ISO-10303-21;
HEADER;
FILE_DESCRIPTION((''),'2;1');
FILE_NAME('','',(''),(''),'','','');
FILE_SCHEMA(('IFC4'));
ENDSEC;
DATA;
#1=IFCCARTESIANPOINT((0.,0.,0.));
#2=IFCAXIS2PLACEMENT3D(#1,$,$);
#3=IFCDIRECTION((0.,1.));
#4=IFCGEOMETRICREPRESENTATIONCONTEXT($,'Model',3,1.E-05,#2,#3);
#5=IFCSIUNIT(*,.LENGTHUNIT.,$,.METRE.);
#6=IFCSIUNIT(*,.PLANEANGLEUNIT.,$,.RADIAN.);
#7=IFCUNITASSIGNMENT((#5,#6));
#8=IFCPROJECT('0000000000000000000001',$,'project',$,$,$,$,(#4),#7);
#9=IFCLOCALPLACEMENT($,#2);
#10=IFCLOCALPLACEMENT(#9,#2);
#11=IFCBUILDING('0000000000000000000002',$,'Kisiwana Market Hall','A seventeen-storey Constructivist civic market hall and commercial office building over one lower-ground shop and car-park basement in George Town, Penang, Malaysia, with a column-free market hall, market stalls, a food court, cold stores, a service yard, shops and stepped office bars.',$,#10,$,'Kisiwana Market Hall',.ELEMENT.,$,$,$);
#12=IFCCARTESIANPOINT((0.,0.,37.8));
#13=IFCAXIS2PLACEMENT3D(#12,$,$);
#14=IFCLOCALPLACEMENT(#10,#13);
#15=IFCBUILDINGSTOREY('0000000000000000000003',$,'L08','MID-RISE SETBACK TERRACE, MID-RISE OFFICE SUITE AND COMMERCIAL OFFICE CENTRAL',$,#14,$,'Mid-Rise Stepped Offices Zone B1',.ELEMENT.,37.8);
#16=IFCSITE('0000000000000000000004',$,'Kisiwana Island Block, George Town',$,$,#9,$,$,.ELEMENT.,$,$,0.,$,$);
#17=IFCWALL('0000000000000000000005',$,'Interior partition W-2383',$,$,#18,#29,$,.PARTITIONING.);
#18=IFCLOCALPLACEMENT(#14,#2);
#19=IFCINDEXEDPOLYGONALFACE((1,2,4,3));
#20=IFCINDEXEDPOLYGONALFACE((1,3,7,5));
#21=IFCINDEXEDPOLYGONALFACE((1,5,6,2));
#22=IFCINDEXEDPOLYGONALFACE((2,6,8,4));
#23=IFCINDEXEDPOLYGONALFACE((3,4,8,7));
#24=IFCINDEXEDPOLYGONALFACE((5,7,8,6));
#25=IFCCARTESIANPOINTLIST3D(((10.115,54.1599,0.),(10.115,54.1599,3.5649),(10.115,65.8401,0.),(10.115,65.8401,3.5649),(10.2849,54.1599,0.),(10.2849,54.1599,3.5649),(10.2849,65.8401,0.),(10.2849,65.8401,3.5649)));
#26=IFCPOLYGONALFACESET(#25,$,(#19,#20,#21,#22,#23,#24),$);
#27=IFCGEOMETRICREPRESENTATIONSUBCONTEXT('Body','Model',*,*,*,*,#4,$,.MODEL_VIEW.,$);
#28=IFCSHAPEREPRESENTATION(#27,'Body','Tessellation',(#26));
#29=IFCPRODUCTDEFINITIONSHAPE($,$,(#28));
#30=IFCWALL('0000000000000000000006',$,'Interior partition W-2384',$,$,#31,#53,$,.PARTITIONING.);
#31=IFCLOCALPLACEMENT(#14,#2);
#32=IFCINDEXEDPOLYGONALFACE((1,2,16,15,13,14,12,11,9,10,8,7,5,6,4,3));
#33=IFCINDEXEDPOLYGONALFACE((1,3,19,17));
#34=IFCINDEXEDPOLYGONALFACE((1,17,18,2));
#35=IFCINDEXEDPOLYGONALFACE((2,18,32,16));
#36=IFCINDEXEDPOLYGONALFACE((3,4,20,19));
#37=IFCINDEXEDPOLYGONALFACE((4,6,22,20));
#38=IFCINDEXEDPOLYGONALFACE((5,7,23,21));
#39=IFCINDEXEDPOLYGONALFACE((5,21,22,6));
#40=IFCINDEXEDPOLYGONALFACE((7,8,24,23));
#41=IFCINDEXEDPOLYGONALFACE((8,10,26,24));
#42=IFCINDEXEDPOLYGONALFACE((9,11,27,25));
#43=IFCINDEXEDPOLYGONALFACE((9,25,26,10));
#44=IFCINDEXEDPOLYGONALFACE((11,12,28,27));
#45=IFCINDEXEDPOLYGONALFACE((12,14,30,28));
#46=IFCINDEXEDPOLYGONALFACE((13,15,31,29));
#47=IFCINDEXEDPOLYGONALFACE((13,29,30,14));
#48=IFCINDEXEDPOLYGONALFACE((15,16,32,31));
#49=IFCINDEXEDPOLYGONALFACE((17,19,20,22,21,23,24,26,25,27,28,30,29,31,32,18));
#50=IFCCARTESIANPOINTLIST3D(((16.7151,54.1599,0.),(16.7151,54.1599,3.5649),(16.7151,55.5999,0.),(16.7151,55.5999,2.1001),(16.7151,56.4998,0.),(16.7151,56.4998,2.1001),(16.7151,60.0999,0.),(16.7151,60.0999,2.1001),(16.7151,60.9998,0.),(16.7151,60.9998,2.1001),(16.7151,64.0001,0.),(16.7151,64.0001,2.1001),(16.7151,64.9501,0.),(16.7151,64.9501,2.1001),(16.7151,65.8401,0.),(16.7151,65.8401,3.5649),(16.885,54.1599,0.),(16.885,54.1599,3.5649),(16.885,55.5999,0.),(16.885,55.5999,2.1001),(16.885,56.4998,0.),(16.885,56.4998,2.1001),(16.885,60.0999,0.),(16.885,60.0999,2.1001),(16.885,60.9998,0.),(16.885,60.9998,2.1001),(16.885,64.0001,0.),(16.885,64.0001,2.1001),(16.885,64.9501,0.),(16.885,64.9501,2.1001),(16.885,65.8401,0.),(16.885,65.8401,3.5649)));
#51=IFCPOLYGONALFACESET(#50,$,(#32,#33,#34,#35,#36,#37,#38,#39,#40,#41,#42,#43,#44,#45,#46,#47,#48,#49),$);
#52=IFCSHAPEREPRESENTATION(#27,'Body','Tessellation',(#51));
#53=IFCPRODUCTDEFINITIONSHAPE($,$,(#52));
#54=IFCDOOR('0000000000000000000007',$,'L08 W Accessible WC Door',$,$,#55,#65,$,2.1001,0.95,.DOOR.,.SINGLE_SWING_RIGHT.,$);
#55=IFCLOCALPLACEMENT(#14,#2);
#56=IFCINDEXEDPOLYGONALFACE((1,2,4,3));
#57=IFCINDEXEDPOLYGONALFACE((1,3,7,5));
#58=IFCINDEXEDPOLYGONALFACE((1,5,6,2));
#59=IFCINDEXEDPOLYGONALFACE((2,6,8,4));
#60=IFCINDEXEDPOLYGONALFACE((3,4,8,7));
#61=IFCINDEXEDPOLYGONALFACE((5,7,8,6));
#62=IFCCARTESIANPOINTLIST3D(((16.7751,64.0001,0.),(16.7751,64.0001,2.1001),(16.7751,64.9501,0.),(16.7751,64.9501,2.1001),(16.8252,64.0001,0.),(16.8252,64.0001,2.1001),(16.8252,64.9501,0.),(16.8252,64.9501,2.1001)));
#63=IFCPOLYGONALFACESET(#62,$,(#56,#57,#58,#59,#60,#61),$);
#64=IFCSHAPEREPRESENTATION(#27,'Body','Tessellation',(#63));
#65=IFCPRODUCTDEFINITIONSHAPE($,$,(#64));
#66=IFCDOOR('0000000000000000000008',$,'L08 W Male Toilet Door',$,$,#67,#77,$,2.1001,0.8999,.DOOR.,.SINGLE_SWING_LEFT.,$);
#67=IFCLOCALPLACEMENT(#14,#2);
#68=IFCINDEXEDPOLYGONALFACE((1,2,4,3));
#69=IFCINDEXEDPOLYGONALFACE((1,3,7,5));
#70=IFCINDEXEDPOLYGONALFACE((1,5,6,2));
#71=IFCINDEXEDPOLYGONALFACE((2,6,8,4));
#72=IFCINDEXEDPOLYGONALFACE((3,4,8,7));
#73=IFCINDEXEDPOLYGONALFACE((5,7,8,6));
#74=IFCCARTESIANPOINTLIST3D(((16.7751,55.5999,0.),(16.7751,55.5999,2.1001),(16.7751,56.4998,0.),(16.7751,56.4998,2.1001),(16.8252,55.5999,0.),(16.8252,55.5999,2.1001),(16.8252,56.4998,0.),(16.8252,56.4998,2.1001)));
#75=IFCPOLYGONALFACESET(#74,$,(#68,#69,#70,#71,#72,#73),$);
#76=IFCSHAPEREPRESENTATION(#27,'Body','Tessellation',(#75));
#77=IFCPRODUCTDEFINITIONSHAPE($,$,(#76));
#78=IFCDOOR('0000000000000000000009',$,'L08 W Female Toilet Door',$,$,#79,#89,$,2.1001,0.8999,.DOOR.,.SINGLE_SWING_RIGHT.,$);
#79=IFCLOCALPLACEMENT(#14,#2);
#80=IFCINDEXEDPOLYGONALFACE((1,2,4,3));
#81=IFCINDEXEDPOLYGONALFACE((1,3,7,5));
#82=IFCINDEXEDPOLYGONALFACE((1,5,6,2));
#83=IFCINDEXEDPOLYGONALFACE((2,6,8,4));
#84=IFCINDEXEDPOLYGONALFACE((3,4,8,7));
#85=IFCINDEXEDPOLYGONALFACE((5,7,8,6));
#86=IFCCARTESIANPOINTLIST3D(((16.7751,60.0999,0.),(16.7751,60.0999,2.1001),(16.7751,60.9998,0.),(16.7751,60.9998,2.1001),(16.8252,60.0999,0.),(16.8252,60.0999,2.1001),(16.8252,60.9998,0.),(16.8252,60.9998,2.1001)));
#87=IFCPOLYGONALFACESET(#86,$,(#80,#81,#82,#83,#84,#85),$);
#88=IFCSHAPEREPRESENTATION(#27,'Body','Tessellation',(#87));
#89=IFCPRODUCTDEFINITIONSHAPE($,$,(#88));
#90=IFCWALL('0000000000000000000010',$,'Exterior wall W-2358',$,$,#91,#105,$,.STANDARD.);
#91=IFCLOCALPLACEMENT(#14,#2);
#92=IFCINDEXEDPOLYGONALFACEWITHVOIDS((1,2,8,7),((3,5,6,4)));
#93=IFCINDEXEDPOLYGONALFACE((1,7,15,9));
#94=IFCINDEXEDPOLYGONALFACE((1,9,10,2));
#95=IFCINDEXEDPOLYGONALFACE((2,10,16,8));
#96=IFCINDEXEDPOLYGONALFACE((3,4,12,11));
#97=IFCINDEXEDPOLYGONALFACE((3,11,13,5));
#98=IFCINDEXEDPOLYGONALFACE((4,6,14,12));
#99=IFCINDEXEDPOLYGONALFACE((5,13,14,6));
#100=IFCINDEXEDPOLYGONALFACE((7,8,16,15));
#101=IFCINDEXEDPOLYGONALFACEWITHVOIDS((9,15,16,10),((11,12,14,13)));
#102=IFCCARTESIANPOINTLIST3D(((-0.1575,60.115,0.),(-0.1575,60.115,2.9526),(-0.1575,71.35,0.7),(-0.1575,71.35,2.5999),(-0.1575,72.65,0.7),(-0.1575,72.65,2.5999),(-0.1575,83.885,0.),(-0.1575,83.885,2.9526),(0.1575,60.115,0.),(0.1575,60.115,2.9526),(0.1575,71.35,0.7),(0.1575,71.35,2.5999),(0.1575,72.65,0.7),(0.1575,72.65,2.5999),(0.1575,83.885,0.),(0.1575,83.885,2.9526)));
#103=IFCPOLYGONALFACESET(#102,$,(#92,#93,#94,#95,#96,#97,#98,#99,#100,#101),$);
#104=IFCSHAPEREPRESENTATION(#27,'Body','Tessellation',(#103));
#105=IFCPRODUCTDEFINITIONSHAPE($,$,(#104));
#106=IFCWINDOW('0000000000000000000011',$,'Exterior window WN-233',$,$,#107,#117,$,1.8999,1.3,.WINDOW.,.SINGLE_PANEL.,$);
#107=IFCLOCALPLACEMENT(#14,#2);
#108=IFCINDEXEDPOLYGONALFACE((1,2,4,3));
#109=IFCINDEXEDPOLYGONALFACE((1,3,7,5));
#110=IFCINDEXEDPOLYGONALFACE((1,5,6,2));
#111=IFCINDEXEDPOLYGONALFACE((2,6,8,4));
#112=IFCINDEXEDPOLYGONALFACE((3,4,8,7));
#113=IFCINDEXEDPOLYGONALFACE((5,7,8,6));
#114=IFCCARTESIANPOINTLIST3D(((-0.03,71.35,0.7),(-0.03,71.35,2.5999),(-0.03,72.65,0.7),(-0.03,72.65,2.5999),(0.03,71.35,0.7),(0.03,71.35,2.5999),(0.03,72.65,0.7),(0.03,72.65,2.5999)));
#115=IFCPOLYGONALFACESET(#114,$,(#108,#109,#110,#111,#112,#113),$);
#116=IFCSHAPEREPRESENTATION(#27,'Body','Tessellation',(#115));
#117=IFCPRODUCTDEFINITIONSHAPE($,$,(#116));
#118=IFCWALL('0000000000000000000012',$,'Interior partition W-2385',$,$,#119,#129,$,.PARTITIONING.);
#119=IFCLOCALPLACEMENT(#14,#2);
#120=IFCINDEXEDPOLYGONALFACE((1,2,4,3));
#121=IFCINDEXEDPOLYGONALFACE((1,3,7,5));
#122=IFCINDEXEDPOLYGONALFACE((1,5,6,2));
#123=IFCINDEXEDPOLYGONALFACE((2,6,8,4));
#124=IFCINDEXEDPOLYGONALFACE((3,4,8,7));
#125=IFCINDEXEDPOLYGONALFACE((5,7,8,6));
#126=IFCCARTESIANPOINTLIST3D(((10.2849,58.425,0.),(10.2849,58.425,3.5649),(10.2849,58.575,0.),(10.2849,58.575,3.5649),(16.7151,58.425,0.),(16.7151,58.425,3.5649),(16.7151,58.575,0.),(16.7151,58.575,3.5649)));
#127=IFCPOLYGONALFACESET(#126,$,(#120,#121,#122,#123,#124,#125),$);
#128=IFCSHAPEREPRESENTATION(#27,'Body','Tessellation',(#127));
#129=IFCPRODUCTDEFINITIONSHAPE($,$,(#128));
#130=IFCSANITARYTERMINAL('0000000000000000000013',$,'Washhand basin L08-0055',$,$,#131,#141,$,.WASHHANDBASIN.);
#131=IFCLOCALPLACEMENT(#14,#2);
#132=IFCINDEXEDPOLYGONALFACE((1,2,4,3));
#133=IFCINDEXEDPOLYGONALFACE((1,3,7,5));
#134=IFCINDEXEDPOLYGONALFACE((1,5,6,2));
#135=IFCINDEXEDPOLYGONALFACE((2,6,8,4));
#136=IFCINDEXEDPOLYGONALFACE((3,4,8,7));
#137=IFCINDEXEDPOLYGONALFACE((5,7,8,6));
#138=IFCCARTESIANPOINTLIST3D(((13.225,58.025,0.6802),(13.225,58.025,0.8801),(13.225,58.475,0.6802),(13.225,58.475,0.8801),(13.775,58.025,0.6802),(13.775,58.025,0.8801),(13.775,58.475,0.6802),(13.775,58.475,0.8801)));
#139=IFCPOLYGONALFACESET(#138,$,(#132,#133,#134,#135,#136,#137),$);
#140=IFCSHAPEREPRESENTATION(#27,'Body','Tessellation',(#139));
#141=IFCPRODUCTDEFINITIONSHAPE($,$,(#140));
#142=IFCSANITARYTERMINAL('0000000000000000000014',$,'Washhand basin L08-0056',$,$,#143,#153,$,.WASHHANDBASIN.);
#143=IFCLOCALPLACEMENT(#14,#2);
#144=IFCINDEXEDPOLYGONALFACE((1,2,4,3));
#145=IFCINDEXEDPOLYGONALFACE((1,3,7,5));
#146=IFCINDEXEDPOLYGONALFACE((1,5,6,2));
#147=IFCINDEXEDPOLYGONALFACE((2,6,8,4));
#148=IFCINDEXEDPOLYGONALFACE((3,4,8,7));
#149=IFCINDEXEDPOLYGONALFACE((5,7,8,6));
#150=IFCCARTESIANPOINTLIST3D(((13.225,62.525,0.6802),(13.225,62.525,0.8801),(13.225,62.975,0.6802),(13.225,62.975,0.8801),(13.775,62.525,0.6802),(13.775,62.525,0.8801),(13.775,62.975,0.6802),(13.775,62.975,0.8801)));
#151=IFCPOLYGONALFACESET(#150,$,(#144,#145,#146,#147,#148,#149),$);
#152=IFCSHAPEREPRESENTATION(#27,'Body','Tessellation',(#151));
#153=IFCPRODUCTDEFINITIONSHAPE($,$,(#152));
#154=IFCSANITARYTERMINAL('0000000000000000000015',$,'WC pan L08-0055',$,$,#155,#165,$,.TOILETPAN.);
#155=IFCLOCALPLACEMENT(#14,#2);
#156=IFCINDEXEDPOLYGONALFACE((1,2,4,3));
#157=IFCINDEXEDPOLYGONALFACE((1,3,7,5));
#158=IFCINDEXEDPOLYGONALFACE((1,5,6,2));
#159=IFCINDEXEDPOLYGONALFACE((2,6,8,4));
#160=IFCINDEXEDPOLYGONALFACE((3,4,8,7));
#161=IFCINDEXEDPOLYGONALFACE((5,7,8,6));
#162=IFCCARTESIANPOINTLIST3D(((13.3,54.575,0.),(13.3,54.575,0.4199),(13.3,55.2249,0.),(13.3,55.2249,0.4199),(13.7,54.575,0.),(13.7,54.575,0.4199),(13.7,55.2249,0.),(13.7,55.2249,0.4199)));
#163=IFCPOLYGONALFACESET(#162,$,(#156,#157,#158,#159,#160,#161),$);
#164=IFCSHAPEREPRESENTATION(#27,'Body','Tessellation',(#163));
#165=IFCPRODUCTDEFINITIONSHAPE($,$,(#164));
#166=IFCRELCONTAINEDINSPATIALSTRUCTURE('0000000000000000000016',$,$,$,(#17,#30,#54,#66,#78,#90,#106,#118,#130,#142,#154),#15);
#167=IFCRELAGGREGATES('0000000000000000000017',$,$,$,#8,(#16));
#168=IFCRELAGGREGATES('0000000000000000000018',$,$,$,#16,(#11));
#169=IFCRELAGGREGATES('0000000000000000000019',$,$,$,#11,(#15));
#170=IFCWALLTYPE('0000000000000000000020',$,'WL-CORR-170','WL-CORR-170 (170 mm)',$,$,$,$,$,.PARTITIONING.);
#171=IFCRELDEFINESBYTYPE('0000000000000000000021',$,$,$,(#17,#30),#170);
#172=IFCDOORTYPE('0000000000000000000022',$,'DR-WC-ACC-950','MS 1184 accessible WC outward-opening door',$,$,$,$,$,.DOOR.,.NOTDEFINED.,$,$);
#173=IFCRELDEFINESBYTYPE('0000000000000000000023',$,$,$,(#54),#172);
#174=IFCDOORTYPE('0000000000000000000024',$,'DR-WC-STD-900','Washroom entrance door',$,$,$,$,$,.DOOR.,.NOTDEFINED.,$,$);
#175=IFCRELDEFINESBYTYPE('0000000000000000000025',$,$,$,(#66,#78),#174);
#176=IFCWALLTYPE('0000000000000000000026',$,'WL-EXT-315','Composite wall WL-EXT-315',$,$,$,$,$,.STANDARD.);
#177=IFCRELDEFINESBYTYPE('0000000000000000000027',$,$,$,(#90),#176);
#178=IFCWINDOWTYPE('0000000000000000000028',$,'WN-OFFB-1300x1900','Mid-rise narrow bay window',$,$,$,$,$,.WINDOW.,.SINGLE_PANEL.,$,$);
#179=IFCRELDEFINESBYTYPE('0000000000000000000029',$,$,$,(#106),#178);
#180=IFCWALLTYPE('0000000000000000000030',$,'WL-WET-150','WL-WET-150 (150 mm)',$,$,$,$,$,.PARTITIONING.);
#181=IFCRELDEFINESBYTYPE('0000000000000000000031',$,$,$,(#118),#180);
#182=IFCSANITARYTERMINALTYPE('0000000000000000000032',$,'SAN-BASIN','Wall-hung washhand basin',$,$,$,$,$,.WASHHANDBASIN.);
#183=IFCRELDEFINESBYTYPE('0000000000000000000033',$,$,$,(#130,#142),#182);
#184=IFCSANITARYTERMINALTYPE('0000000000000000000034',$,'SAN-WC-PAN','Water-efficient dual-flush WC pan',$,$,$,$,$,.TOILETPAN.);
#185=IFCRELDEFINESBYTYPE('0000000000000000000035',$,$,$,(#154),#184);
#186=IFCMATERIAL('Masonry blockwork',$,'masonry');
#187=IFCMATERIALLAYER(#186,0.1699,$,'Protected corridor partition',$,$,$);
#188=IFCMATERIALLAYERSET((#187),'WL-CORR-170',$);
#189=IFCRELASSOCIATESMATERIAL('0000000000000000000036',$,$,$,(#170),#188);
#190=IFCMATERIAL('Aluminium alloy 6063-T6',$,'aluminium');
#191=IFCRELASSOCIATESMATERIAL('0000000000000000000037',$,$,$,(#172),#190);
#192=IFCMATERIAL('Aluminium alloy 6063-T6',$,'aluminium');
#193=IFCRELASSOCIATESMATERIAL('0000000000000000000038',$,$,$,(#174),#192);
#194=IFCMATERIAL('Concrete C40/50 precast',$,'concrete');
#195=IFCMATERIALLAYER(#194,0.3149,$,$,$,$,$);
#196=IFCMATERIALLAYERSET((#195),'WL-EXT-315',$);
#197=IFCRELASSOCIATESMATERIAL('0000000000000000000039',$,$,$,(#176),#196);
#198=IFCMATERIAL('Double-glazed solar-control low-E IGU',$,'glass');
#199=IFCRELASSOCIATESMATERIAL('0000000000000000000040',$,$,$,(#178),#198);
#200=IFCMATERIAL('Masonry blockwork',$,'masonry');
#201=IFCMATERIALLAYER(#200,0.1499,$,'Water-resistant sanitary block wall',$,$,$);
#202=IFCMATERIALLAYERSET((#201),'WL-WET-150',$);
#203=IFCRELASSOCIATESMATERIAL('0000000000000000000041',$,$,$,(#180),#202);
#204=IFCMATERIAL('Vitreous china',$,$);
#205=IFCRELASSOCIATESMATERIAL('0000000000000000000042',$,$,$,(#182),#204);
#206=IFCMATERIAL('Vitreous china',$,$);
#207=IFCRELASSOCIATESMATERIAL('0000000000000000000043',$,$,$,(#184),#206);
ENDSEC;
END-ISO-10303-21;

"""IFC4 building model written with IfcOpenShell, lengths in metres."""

from ifc_helpers import new_model, si_unit, direction, frame, frame_2d, origin, origin_2d, place, context, subcontext, project, spatial, rectangle, extrude, material, layer, layer_set, type_object, element, fill, save


model = new_model("IFC4")

# Units and contexts
model_context = context("Model", 3, precision=1e-05, world=origin(), true_north=direction((0.0, 1.0)))
body_context = subcontext(model_context, "Body", "Model", "MODEL_VIEW")
ifc_project = project(units=[si_unit("LENGTHUNIT", "METRE"), si_unit("PLANEANGLEUNIT", "RADIAN")], contexts=[model_context])

# Site, building, storey
site_placement = place(None, origin())
site = spatial("IfcSite", under=ifc_project, at=site_placement, Name="Kisiwana Island Block, George Town", CompositionType="ELEMENT", RefElevation=0.0)
building_placement = place(site_placement, origin())
building = spatial("IfcBuilding", under=site, at=building_placement, Name="Kisiwana Market Hall", Description="A seventeen-storey Constructivist civic market hall and commercial office building over one lower-ground shop and car-park basement in George Town, Penang, Malaysia, with a column-free market hall, market stalls, a food court, cold stores, a service yard, shops and stepped office bars.", LongName="Kisiwana Market Hall", CompositionType="ELEMENT")
storey_placement = place(building_placement, frame((0.0, 0.0, 37.8)))
storey = spatial("IfcBuildingStorey", under=building, at=storey_placement, Name="L08", Description="MID-RISE SETBACK TERRACE, MID-RISE OFFICE SUITE AND COMMERCIAL OFFICE CENTRAL", LongName="Mid-Rise Stepped Offices Zone B1", CompositionType="ELEMENT", Elevation=37.8)

# Wall
ifc_material_1 = material(Name="Masonry blockwork", Category="masonry")
ifc_layer_1 = layer(ifc_material_1, 0.1699, Name="Protected corridor partition")
ifc_layer_set_1 = layer_set([ifc_layer_1], Name="WL-CORR-170")
wall_type_1 = type_object("IfcWallType", Name="WL-CORR-170", Description="WL-CORR-170 (170 mm)", PredefinedType="PARTITIONING", material=ifc_layer_set_1)
wall_1_placement = place(storey_placement, frame((10.2, 54.1599, 0.0), z_axis=(0.0, 0.0, 1.0), x_axis=(0.0, 1.0, 0.0)))
element("IfcWall", 1, at=wall_1_placement, inside=storey, type_object=wall_type_1, Name="Interior partition W-2383", PredefinedType="PARTITIONING", context=body_context, shape_type="SweptSolid", body=[
    extrude(rectangle(XDim=11.6802, YDim=0.1699, at=frame_2d((5.8401, 0.0))), origin(), (0.0, 0.0, 1.0), 3.5649),
])

# Wall, openings, doors
wall_2_placement = place(storey_placement, frame((16.8, 54.1599, 0.0), z_axis=(0.0, 0.0, 1.0), x_axis=(0.0, 1.0, 0.0)))
wall_2 = element("IfcWall", 2, at=wall_2_placement, inside=storey, type_object=wall_type_1, Name="Interior partition W-2384", PredefinedType="PARTITIONING", context=body_context, shape_type="SweptSolid", body=[
    extrude(rectangle(XDim=11.6802, YDim=0.1699, at=frame_2d((5.8401, 0.0))), origin(), (0.0, 0.0, 1.0), 3.5649),
])
opening_1_placement = place(wall_2_placement, frame((1.4399, 0.0, 0.0)))
opening_1 = element("IfcOpeningElement", 3, at=opening_1_placement, cuts=wall_2, PredefinedType="OPENING", context=body_context, shape_type="SweptSolid", body=[
    extrude(rectangle(XDim=0.8999, YDim=2.1001, at=frame_2d((0.45, 1.05))), frame((0.0, 0.0969, 0.0), z_axis=(0.0, -1.0, 0.0), x_axis=(1.0, 0.0, 0.0)), (0.0, 0.0, 1.0), 0.1938),
])
opening_2_placement = place(wall_2_placement, frame((5.9399, 0.0, 0.0)))
opening_2 = element("IfcOpeningElement", 4, at=opening_2_placement, cuts=wall_2, PredefinedType="OPENING", context=body_context, shape_type="SweptSolid", body=[
    extrude(rectangle(XDim=0.8999, YDim=2.1001, at=frame_2d((0.45, 1.05))), frame((0.0, 0.0969, 0.0), z_axis=(0.0, -1.0, 0.0), x_axis=(1.0, 0.0, 0.0)), (0.0, 0.0, 1.0), 0.1938),
])
opening_3_placement = place(wall_2_placement, frame((9.8401, 0.0, 0.0)))
opening_3 = element("IfcOpeningElement", 5, at=opening_3_placement, cuts=wall_2, PredefinedType="OPENING", context=body_context, shape_type="SweptSolid", body=[
    extrude(rectangle(XDim=0.95, YDim=2.1001, at=frame_2d((0.4751, 1.05))), frame((0.0, 0.0969, 0.0), z_axis=(0.0, -1.0, 0.0), x_axis=(1.0, 0.0, 0.0)), (0.0, 0.0, 1.0), 0.1938),
])
ifc_material_2 = material(Name="Aluminium alloy 6063-T6", Category="aluminium")
door_type_1 = type_object("IfcDoorType", Name="DR-WC-ACC-950", Description="MS 1184 accessible WC outward-opening door", OperationType="NOTDEFINED", PredefinedType="DOOR", material=ifc_material_2)
door_1_placement = place(opening_3_placement, origin())
door_1 = element("IfcDoor", 6, at=door_1_placement, inside=storey, type_object=door_type_1, Name="L08 W Accessible WC Door", OperationType="SINGLE_SWING_RIGHT", OverallHeight=2.1001, OverallWidth=0.95, PredefinedType="DOOR", context=body_context, shape_type="SweptSolid", body=[
    extrude(rectangle(XDim=0.95, YDim=2.1001, at=frame_2d((0.4751, 1.05))), frame((0.0, 0.0249, 0.0), z_axis=(0.0, -1.0, 0.0), x_axis=(1.0, 0.0, 0.0)), (0.0, 0.0, 1.0), 0.05),
])
fill(opening_3, door_1)
ifc_material_3 = material(Name="Aluminium alloy 6063-T6", Category="aluminium")
door_type_2 = type_object("IfcDoorType", Name="DR-WC-STD-900", Description="Washroom entrance door", OperationType="NOTDEFINED", PredefinedType="DOOR", material=ifc_material_3)
door_2_placement = place(opening_1_placement, origin())
door_2 = element("IfcDoor", 7, at=door_2_placement, inside=storey, type_object=door_type_2, Name="L08 W Male Toilet Door", OperationType="SINGLE_SWING_LEFT", OverallHeight=2.1001, OverallWidth=0.8999, PredefinedType="DOOR", context=body_context, shape_type="SweptSolid", body=[
    extrude(rectangle(XDim=0.8999, YDim=2.1001, at=frame_2d((0.45, 1.05))), frame((0.0, 0.0249, 0.0), z_axis=(0.0, -1.0, 0.0), x_axis=(1.0, 0.0, 0.0)), (0.0, 0.0, 1.0), 0.05),
])
fill(opening_1, door_2)
door_3_placement = place(opening_2_placement, origin())
door_3 = element("IfcDoor", 8, at=door_3_placement, inside=storey, type_object=door_type_2, Name="L08 W Female Toilet Door", OperationType="SINGLE_SWING_RIGHT", OverallHeight=2.1001, OverallWidth=0.8999, PredefinedType="DOOR", context=body_context, shape_type="SweptSolid", body=[
    extrude(rectangle(XDim=0.8999, YDim=2.1001, at=frame_2d((0.45, 1.05))), frame((0.0, 0.0249, 0.0), z_axis=(0.0, -1.0, 0.0), x_axis=(1.0, 0.0, 0.0)), (0.0, 0.0, 1.0), 0.05),
])
fill(opening_2, door_3)

# Wall, opening, window
ifc_material_4 = material(Name="Concrete C40/50 precast", Category="concrete")
ifc_layer_2 = layer(ifc_material_4, 0.3149)
ifc_layer_set_2 = layer_set([ifc_layer_2], Name="WL-EXT-315")
wall_type_2 = type_object("IfcWallType", Name="WL-EXT-315", Description="Composite wall WL-EXT-315", PredefinedType="STANDARD", material=ifc_layer_set_2)
wall_3_placement = place(storey_placement, frame((0.0, 60.115, 0.0), z_axis=(0.0, 0.0, 1.0), x_axis=(0.0, 1.0, 0.0)))
wall_3 = element("IfcWall", 9, at=wall_3_placement, inside=storey, type_object=wall_type_2, Name="Exterior wall W-2358", PredefinedType="STANDARD", context=body_context, shape_type="SweptSolid", body=[
    extrude(rectangle(XDim=23.77, YDim=0.3149, at=frame_2d((11.885, 0.0))), origin(), (0.0, 0.0, 1.0), 2.9526),
])
opening_4_placement = place(wall_3_placement, frame((11.2351, 0.0, 0.7)))
opening_4 = element("IfcOpeningElement", 10, at=opening_4_placement, cuts=wall_3, PredefinedType="OPENING", context=body_context, shape_type="SweptSolid", body=[
    extrude(rectangle(XDim=1.3, YDim=1.8999, at=frame_2d((0.6499, 0.95))), frame((0.0, 0.1694, 0.0), z_axis=(0.0, -1.0, 0.0), x_axis=(1.0, 0.0, 0.0)), (0.0, 0.0, 1.0), 0.3389),
])
ifc_material_5 = material(Name="Double-glazed solar-control low-E IGU", Category="glass")
window_type = type_object("IfcWindowType", Name="WN-OFFB-1300x1900", Description="Mid-rise narrow bay window", PartitioningType="SINGLE_PANEL", PredefinedType="WINDOW", material=ifc_material_5)
window_placement = place(opening_4_placement, origin())
window = element("IfcWindow", 11, at=window_placement, inside=storey, type_object=window_type, Name="Exterior window WN-233", OverallHeight=1.8999, OverallWidth=1.3, PartitioningType="SINGLE_PANEL", PredefinedType="WINDOW", context=body_context, shape_type="SweptSolid", body=[
    extrude(rectangle(XDim=1.3, YDim=1.8999, at=frame_2d((0.6499, 0.95))), frame((0.0, 0.03, 0.0), z_axis=(0.0, -1.0, 0.0), x_axis=(1.0, 0.0, 0.0)), (0.0, 0.0, 1.0), 0.0601),
])
fill(opening_4, window)

# Wall
ifc_material_6 = material(Name="Masonry blockwork", Category="masonry")
ifc_layer_3 = layer(ifc_material_6, 0.1499, Name="Water-resistant sanitary block wall")
ifc_layer_set_3 = layer_set([ifc_layer_3], Name="WL-WET-150")
wall_type_3 = type_object("IfcWallType", Name="WL-WET-150", Description="WL-WET-150 (150 mm)", PredefinedType="PARTITIONING", material=ifc_layer_set_3)
wall_4_placement = place(storey_placement, frame((10.2849, 58.5, 0.0), z_axis=(0.0, 0.0, 1.0), x_axis=(1.0, 0.0, 0.0)))
element("IfcWall", 12, at=wall_4_placement, inside=storey, type_object=wall_type_3, Name="Interior partition W-2385", PredefinedType="PARTITIONING", context=body_context, shape_type="SweptSolid", body=[
    extrude(rectangle(XDim=6.4302, YDim=0.1499, at=frame_2d((3.2151, 0.0))), origin(), (0.0, 0.0, 1.0), 3.5649),
])

# Sanitary terminals
ifc_material_7 = material(Name="Vitreous china")
sanitary_terminal_type_1 = type_object("IfcSanitaryTerminalType", Name="SAN-BASIN", Description="Wall-hung washhand basin", PredefinedType="WASHHANDBASIN", material=ifc_material_7)
for number, where, z_axis, x_axis, name in (
    (13, (13.5, 58.25, 0.6802), (0.0, 0.0, 1.0), (1.0, 0.0, 0.0), "Washhand basin L08-0055"),
    (14, (13.5, 62.75, 0.6802), (0.0, 0.0, 1.0), (1.0, 0.0, 0.0), "Washhand basin L08-0056"),
):
    element("IfcSanitaryTerminal", number, at=place(storey_placement, frame(where, z_axis=z_axis, x_axis=x_axis)), inside=storey, type_object=sanitary_terminal_type_1, Name=name, PredefinedType="WASHHANDBASIN", context=body_context, shape_type="SweptSolid", body=[
        extrude(rectangle(XDim=0.55, YDim=0.45, at=origin_2d()), origin(), (0.0, 0.0, 1.0), 0.2),
    ])
ifc_material_8 = material(Name="Vitreous china")
sanitary_terminal_type_2 = type_object("IfcSanitaryTerminalType", Name="SAN-WC-PAN", Description="Water-efficient dual-flush WC pan", PredefinedType="TOILETPAN", material=ifc_material_8)
for number, where, z_axis, x_axis, name in (
    (15, (13.5, 54.8999, 0.0), (0.0, 0.0, 1.0), (1.0, 0.0, 0.0), "WC pan L08-0055"),
):
    element("IfcSanitaryTerminal", number, at=place(storey_placement, frame(where, z_axis=z_axis, x_axis=x_axis)), inside=storey, type_object=sanitary_terminal_type_2, Name=name, PredefinedType="TOILETPAN", context=body_context, shape_type="SweptSolid", body=[
        extrude(rectangle(XDim=0.3999, YDim=0.6499, at=origin_2d()), origin(), (0.0, 0.0, 1.0), 0.4199),
    ])

save(model, "model.ifc")
